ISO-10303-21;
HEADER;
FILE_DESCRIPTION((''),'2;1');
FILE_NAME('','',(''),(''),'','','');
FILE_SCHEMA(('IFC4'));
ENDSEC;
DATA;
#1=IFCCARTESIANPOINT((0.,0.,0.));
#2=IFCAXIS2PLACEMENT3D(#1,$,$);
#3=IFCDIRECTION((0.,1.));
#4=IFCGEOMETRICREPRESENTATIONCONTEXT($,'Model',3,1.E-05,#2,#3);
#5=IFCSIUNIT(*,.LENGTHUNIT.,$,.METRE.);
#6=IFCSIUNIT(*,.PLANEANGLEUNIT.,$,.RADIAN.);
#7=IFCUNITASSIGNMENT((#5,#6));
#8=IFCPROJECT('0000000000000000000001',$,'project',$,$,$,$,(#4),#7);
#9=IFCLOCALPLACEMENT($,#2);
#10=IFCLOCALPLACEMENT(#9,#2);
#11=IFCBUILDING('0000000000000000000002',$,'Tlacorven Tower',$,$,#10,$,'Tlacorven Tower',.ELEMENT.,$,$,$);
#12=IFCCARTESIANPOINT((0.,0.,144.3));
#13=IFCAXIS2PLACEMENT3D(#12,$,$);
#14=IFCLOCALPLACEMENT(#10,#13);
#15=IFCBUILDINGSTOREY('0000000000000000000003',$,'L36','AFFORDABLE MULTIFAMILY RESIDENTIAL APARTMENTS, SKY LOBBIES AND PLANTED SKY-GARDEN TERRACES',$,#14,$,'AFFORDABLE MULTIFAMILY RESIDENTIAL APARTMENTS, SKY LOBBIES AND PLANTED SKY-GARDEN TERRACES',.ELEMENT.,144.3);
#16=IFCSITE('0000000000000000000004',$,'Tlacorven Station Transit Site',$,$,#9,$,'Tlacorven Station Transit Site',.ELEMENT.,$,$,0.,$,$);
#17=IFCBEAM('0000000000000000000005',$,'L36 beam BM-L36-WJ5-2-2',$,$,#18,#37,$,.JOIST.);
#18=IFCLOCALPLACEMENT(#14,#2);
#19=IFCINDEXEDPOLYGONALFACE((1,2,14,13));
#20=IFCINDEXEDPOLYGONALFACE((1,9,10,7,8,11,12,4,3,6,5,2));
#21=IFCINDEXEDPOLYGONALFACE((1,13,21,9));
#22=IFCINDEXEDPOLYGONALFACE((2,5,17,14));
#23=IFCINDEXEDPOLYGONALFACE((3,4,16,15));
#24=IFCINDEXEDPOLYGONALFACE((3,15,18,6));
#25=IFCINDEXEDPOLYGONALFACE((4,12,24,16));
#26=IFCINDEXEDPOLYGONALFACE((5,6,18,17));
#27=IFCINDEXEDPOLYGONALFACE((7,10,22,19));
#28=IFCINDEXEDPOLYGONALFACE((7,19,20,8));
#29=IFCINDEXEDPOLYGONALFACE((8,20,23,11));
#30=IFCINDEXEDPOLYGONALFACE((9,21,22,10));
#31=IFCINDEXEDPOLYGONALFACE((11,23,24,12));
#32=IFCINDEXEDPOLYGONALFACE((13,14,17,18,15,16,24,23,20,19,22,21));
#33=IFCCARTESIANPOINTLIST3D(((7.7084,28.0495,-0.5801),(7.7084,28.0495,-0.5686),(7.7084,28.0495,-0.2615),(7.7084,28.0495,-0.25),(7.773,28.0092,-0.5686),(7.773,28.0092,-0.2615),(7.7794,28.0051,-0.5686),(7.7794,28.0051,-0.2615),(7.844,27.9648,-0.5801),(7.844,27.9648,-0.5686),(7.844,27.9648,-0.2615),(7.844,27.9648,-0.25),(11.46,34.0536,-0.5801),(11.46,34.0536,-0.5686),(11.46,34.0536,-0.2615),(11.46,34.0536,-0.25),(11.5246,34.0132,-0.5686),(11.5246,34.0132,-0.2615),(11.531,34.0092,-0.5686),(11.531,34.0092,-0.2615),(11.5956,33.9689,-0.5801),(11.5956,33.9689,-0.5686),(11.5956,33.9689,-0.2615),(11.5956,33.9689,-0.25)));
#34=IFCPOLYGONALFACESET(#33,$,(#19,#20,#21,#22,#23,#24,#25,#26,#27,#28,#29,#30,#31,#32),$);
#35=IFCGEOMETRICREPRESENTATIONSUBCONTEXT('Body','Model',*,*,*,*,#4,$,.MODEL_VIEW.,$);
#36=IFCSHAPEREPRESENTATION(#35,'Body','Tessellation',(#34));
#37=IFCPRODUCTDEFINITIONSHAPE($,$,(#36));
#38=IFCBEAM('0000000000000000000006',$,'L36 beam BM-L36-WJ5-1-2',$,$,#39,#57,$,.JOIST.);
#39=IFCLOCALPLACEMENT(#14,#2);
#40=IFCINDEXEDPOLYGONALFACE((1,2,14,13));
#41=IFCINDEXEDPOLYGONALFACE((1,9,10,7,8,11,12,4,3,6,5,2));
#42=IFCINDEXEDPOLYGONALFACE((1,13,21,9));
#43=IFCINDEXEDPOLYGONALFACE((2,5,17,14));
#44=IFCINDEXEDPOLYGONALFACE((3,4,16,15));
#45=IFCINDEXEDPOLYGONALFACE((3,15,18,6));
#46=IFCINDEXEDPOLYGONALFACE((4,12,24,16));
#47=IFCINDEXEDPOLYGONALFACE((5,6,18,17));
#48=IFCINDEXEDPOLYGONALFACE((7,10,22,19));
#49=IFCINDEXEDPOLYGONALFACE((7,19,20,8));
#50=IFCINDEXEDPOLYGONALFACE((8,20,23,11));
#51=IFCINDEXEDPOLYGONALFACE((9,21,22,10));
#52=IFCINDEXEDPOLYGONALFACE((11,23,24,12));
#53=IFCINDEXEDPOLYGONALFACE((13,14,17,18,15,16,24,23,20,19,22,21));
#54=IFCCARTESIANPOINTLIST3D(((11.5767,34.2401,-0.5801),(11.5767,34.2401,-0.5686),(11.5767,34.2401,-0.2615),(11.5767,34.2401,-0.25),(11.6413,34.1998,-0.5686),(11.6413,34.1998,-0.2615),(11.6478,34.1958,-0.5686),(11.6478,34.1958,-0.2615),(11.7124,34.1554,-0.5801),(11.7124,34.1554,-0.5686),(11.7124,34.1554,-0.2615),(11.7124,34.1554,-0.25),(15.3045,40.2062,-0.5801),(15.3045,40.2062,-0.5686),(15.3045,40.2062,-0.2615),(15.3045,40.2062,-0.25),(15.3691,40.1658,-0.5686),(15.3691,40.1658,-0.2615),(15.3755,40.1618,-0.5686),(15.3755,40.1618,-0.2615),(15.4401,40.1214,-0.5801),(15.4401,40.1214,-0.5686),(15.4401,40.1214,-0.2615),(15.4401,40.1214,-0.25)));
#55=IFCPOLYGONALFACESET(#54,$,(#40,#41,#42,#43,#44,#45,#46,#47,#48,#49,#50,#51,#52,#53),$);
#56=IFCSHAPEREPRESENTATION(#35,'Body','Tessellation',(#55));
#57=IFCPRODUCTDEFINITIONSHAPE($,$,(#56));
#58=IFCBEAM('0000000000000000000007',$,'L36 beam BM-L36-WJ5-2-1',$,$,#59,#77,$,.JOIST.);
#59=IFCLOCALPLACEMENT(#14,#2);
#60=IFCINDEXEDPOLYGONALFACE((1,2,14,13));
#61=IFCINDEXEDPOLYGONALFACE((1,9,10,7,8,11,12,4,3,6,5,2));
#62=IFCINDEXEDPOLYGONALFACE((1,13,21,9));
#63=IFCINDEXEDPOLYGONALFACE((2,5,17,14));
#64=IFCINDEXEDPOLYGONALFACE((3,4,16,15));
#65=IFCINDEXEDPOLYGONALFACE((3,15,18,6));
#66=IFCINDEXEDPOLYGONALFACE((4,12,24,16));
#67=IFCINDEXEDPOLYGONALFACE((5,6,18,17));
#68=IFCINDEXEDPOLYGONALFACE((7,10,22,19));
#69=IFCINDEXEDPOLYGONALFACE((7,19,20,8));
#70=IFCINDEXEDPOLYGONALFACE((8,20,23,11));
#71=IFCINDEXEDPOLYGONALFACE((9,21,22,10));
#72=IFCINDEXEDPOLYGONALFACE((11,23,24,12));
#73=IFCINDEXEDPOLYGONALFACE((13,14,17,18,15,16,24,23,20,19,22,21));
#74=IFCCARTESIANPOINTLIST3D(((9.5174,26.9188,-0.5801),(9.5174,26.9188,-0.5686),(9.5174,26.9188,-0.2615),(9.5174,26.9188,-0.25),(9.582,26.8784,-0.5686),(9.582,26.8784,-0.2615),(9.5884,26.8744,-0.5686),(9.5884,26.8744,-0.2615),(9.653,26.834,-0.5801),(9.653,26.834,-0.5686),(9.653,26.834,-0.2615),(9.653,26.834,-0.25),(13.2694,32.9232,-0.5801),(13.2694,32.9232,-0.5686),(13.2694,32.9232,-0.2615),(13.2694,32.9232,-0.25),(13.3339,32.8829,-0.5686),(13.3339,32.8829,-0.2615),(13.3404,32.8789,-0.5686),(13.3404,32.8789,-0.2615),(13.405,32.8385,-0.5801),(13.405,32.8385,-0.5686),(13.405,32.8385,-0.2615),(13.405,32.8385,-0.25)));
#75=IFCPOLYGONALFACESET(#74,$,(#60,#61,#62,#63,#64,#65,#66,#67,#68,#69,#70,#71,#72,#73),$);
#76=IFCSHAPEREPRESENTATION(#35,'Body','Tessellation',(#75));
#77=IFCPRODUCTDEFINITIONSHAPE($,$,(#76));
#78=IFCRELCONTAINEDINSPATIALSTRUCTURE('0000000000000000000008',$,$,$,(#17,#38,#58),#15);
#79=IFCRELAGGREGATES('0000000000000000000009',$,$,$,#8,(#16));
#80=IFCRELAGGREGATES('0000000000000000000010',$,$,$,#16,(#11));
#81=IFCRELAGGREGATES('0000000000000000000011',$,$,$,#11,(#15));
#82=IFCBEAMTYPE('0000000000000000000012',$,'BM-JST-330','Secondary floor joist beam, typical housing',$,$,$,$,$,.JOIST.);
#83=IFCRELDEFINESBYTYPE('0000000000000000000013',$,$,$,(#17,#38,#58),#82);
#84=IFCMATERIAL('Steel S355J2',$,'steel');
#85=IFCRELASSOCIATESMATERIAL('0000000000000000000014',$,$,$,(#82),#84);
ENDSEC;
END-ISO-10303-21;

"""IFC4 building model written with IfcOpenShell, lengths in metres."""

from ifc_helpers import new_model, si_unit, direction, frame, origin, origin_2d, place, context, subcontext, project, spatial, i_section, extrude, source, transform, mapped, material, material_profile, profile_set, type_object, element, save


model = new_model("IFC4")

# Units and contexts
model_context = context("Model", 3, precision=1e-05, world=origin(), true_north=direction((0.0, 1.0)))
body_context = subcontext(model_context, "Body", "Model", "MODEL_VIEW")
ifc_project = project(units=[si_unit("LENGTHUNIT", "METRE"), si_unit("PLANEANGLEUNIT", "RADIAN")], contexts=[model_context])

# Site, building, storey
site_placement = place(None, origin())
site = spatial("IfcSite", under=ifc_project, at=site_placement, Name="Tlacorven Station Transit Site", LongName="Tlacorven Station Transit Site", CompositionType="ELEMENT", RefElevation=0.0)
building_placement = place(site_placement, origin())
building = spatial("IfcBuilding", under=site, at=building_placement, Name="Tlacorven Tower", LongName="Tlacorven Tower", CompositionType="ELEMENT")
storey_placement = place(building_placement, frame((0.0, 0.0, 144.3)))
storey = spatial("IfcBuildingStorey", under=building, at=storey_placement, Name="L36", Description="AFFORDABLE MULTIFAMILY RESIDENTIAL APARTMENTS, SKY LOBBIES AND PLANTED SKY-GARDEN TERRACES", LongName="AFFORDABLE MULTIFAMILY RESIDENTIAL APARTMENTS, SKY LOBBIES AND PLANTED SKY-GARDEN TERRACES", CompositionType="ELEMENT", Elevation=144.3)

# Beams
ifc_material_1 = material(Name="Steel S355J2", Category="steel")
ifc_material_profile_1 = material_profile(ifc_material_1, i_section(OverallWidth=0.1599, OverallDepth=0.3301, WebThickness=0.0076, FlangeThickness=0.0115, at=origin_2d()), Name="IPE 330")
ifc_profile_set_1 = profile_set([ifc_material_profile_1], Name="Steel S355J2")
beam_type_1 = type_object("IfcBeamType", Name="BM-JST-330", Description="Secondary floor joist beam, typical housing", PredefinedType="JOIST", material=ifc_profile_set_1)
shared_shape_1 = source(origin(), body_context, "Body", "SweptSolid", [
    extrude(i_section(OverallWidth=0.1599, OverallDepth=0.3301, WebThickness=0.0076, FlangeThickness=0.0115, at=origin_2d()), origin(), (0.0, 0.0, 1.0), 7.0798),
])
beam_1_placement = place(storey_placement, frame((11.5278, 34.0112, -0.415), z_axis=(-0.529909, -0.848054, 0.0), x_axis=(0.848054, -0.529909, 0.0)))
element("IfcBeam", 1, at=beam_1_placement, inside=storey, type_object=beam_type_1, Name="L36 beam BM-L36-WJ5-2-2", PredefinedType="JOIST", context=body_context, shape_type="MappedRepresentation", body=[
    mapped(shared_shape_1, transform((0.0, 0.0, 0.0), scale=1.0)),
])
shared_shape_2 = source(origin(), body_context, "Body", "SweptSolid", [
    extrude(i_section(OverallWidth=0.1599, OverallDepth=0.3301, WebThickness=0.0076, FlangeThickness=0.0115, at=origin_2d()), origin(), (0.0, 0.0, 1.0), 7.0349),
])
beam_2_placement = place(storey_placement, frame((15.3723, 40.1638, -0.415), z_axis=(-0.529896, -0.848063, 0.0), x_axis=(0.848063, -0.529896, 0.0)))
element("IfcBeam", 2, at=beam_2_placement, inside=storey, type_object=beam_type_1, Name="L36 beam BM-L36-WJ5-1-2", PredefinedType="JOIST", context=body_context, shape_type="MappedRepresentation", body=[
    mapped(shared_shape_2, transform((0.0, 0.0, 0.0), scale=1.0)),
])
shared_shape_3 = source(origin(), body_context, "Body", "SweptSolid", [
    extrude(i_section(OverallWidth=0.1599, OverallDepth=0.3301, WebThickness=0.0076, FlangeThickness=0.0115, at=origin_2d()), origin(), (0.0, 0.0, 1.0), 7.0803),
])
beam_3_placement = place(storey_placement, frame((13.3372, 32.8809, -0.415), z_axis=(-0.529918, -0.848049, 0.0), x_axis=(0.848049, -0.529918, 0.0)))
element("IfcBeam", 3, at=beam_3_placement, inside=storey, type_object=beam_type_1, Name="L36 beam BM-L36-WJ5-2-1", PredefinedType="JOIST", context=body_context, shape_type="MappedRepresentation", body=[
    mapped(shared_shape_3, transform((0.0, 0.0, 0.0), scale=1.0)),
])

save(model, "model.ifc")
